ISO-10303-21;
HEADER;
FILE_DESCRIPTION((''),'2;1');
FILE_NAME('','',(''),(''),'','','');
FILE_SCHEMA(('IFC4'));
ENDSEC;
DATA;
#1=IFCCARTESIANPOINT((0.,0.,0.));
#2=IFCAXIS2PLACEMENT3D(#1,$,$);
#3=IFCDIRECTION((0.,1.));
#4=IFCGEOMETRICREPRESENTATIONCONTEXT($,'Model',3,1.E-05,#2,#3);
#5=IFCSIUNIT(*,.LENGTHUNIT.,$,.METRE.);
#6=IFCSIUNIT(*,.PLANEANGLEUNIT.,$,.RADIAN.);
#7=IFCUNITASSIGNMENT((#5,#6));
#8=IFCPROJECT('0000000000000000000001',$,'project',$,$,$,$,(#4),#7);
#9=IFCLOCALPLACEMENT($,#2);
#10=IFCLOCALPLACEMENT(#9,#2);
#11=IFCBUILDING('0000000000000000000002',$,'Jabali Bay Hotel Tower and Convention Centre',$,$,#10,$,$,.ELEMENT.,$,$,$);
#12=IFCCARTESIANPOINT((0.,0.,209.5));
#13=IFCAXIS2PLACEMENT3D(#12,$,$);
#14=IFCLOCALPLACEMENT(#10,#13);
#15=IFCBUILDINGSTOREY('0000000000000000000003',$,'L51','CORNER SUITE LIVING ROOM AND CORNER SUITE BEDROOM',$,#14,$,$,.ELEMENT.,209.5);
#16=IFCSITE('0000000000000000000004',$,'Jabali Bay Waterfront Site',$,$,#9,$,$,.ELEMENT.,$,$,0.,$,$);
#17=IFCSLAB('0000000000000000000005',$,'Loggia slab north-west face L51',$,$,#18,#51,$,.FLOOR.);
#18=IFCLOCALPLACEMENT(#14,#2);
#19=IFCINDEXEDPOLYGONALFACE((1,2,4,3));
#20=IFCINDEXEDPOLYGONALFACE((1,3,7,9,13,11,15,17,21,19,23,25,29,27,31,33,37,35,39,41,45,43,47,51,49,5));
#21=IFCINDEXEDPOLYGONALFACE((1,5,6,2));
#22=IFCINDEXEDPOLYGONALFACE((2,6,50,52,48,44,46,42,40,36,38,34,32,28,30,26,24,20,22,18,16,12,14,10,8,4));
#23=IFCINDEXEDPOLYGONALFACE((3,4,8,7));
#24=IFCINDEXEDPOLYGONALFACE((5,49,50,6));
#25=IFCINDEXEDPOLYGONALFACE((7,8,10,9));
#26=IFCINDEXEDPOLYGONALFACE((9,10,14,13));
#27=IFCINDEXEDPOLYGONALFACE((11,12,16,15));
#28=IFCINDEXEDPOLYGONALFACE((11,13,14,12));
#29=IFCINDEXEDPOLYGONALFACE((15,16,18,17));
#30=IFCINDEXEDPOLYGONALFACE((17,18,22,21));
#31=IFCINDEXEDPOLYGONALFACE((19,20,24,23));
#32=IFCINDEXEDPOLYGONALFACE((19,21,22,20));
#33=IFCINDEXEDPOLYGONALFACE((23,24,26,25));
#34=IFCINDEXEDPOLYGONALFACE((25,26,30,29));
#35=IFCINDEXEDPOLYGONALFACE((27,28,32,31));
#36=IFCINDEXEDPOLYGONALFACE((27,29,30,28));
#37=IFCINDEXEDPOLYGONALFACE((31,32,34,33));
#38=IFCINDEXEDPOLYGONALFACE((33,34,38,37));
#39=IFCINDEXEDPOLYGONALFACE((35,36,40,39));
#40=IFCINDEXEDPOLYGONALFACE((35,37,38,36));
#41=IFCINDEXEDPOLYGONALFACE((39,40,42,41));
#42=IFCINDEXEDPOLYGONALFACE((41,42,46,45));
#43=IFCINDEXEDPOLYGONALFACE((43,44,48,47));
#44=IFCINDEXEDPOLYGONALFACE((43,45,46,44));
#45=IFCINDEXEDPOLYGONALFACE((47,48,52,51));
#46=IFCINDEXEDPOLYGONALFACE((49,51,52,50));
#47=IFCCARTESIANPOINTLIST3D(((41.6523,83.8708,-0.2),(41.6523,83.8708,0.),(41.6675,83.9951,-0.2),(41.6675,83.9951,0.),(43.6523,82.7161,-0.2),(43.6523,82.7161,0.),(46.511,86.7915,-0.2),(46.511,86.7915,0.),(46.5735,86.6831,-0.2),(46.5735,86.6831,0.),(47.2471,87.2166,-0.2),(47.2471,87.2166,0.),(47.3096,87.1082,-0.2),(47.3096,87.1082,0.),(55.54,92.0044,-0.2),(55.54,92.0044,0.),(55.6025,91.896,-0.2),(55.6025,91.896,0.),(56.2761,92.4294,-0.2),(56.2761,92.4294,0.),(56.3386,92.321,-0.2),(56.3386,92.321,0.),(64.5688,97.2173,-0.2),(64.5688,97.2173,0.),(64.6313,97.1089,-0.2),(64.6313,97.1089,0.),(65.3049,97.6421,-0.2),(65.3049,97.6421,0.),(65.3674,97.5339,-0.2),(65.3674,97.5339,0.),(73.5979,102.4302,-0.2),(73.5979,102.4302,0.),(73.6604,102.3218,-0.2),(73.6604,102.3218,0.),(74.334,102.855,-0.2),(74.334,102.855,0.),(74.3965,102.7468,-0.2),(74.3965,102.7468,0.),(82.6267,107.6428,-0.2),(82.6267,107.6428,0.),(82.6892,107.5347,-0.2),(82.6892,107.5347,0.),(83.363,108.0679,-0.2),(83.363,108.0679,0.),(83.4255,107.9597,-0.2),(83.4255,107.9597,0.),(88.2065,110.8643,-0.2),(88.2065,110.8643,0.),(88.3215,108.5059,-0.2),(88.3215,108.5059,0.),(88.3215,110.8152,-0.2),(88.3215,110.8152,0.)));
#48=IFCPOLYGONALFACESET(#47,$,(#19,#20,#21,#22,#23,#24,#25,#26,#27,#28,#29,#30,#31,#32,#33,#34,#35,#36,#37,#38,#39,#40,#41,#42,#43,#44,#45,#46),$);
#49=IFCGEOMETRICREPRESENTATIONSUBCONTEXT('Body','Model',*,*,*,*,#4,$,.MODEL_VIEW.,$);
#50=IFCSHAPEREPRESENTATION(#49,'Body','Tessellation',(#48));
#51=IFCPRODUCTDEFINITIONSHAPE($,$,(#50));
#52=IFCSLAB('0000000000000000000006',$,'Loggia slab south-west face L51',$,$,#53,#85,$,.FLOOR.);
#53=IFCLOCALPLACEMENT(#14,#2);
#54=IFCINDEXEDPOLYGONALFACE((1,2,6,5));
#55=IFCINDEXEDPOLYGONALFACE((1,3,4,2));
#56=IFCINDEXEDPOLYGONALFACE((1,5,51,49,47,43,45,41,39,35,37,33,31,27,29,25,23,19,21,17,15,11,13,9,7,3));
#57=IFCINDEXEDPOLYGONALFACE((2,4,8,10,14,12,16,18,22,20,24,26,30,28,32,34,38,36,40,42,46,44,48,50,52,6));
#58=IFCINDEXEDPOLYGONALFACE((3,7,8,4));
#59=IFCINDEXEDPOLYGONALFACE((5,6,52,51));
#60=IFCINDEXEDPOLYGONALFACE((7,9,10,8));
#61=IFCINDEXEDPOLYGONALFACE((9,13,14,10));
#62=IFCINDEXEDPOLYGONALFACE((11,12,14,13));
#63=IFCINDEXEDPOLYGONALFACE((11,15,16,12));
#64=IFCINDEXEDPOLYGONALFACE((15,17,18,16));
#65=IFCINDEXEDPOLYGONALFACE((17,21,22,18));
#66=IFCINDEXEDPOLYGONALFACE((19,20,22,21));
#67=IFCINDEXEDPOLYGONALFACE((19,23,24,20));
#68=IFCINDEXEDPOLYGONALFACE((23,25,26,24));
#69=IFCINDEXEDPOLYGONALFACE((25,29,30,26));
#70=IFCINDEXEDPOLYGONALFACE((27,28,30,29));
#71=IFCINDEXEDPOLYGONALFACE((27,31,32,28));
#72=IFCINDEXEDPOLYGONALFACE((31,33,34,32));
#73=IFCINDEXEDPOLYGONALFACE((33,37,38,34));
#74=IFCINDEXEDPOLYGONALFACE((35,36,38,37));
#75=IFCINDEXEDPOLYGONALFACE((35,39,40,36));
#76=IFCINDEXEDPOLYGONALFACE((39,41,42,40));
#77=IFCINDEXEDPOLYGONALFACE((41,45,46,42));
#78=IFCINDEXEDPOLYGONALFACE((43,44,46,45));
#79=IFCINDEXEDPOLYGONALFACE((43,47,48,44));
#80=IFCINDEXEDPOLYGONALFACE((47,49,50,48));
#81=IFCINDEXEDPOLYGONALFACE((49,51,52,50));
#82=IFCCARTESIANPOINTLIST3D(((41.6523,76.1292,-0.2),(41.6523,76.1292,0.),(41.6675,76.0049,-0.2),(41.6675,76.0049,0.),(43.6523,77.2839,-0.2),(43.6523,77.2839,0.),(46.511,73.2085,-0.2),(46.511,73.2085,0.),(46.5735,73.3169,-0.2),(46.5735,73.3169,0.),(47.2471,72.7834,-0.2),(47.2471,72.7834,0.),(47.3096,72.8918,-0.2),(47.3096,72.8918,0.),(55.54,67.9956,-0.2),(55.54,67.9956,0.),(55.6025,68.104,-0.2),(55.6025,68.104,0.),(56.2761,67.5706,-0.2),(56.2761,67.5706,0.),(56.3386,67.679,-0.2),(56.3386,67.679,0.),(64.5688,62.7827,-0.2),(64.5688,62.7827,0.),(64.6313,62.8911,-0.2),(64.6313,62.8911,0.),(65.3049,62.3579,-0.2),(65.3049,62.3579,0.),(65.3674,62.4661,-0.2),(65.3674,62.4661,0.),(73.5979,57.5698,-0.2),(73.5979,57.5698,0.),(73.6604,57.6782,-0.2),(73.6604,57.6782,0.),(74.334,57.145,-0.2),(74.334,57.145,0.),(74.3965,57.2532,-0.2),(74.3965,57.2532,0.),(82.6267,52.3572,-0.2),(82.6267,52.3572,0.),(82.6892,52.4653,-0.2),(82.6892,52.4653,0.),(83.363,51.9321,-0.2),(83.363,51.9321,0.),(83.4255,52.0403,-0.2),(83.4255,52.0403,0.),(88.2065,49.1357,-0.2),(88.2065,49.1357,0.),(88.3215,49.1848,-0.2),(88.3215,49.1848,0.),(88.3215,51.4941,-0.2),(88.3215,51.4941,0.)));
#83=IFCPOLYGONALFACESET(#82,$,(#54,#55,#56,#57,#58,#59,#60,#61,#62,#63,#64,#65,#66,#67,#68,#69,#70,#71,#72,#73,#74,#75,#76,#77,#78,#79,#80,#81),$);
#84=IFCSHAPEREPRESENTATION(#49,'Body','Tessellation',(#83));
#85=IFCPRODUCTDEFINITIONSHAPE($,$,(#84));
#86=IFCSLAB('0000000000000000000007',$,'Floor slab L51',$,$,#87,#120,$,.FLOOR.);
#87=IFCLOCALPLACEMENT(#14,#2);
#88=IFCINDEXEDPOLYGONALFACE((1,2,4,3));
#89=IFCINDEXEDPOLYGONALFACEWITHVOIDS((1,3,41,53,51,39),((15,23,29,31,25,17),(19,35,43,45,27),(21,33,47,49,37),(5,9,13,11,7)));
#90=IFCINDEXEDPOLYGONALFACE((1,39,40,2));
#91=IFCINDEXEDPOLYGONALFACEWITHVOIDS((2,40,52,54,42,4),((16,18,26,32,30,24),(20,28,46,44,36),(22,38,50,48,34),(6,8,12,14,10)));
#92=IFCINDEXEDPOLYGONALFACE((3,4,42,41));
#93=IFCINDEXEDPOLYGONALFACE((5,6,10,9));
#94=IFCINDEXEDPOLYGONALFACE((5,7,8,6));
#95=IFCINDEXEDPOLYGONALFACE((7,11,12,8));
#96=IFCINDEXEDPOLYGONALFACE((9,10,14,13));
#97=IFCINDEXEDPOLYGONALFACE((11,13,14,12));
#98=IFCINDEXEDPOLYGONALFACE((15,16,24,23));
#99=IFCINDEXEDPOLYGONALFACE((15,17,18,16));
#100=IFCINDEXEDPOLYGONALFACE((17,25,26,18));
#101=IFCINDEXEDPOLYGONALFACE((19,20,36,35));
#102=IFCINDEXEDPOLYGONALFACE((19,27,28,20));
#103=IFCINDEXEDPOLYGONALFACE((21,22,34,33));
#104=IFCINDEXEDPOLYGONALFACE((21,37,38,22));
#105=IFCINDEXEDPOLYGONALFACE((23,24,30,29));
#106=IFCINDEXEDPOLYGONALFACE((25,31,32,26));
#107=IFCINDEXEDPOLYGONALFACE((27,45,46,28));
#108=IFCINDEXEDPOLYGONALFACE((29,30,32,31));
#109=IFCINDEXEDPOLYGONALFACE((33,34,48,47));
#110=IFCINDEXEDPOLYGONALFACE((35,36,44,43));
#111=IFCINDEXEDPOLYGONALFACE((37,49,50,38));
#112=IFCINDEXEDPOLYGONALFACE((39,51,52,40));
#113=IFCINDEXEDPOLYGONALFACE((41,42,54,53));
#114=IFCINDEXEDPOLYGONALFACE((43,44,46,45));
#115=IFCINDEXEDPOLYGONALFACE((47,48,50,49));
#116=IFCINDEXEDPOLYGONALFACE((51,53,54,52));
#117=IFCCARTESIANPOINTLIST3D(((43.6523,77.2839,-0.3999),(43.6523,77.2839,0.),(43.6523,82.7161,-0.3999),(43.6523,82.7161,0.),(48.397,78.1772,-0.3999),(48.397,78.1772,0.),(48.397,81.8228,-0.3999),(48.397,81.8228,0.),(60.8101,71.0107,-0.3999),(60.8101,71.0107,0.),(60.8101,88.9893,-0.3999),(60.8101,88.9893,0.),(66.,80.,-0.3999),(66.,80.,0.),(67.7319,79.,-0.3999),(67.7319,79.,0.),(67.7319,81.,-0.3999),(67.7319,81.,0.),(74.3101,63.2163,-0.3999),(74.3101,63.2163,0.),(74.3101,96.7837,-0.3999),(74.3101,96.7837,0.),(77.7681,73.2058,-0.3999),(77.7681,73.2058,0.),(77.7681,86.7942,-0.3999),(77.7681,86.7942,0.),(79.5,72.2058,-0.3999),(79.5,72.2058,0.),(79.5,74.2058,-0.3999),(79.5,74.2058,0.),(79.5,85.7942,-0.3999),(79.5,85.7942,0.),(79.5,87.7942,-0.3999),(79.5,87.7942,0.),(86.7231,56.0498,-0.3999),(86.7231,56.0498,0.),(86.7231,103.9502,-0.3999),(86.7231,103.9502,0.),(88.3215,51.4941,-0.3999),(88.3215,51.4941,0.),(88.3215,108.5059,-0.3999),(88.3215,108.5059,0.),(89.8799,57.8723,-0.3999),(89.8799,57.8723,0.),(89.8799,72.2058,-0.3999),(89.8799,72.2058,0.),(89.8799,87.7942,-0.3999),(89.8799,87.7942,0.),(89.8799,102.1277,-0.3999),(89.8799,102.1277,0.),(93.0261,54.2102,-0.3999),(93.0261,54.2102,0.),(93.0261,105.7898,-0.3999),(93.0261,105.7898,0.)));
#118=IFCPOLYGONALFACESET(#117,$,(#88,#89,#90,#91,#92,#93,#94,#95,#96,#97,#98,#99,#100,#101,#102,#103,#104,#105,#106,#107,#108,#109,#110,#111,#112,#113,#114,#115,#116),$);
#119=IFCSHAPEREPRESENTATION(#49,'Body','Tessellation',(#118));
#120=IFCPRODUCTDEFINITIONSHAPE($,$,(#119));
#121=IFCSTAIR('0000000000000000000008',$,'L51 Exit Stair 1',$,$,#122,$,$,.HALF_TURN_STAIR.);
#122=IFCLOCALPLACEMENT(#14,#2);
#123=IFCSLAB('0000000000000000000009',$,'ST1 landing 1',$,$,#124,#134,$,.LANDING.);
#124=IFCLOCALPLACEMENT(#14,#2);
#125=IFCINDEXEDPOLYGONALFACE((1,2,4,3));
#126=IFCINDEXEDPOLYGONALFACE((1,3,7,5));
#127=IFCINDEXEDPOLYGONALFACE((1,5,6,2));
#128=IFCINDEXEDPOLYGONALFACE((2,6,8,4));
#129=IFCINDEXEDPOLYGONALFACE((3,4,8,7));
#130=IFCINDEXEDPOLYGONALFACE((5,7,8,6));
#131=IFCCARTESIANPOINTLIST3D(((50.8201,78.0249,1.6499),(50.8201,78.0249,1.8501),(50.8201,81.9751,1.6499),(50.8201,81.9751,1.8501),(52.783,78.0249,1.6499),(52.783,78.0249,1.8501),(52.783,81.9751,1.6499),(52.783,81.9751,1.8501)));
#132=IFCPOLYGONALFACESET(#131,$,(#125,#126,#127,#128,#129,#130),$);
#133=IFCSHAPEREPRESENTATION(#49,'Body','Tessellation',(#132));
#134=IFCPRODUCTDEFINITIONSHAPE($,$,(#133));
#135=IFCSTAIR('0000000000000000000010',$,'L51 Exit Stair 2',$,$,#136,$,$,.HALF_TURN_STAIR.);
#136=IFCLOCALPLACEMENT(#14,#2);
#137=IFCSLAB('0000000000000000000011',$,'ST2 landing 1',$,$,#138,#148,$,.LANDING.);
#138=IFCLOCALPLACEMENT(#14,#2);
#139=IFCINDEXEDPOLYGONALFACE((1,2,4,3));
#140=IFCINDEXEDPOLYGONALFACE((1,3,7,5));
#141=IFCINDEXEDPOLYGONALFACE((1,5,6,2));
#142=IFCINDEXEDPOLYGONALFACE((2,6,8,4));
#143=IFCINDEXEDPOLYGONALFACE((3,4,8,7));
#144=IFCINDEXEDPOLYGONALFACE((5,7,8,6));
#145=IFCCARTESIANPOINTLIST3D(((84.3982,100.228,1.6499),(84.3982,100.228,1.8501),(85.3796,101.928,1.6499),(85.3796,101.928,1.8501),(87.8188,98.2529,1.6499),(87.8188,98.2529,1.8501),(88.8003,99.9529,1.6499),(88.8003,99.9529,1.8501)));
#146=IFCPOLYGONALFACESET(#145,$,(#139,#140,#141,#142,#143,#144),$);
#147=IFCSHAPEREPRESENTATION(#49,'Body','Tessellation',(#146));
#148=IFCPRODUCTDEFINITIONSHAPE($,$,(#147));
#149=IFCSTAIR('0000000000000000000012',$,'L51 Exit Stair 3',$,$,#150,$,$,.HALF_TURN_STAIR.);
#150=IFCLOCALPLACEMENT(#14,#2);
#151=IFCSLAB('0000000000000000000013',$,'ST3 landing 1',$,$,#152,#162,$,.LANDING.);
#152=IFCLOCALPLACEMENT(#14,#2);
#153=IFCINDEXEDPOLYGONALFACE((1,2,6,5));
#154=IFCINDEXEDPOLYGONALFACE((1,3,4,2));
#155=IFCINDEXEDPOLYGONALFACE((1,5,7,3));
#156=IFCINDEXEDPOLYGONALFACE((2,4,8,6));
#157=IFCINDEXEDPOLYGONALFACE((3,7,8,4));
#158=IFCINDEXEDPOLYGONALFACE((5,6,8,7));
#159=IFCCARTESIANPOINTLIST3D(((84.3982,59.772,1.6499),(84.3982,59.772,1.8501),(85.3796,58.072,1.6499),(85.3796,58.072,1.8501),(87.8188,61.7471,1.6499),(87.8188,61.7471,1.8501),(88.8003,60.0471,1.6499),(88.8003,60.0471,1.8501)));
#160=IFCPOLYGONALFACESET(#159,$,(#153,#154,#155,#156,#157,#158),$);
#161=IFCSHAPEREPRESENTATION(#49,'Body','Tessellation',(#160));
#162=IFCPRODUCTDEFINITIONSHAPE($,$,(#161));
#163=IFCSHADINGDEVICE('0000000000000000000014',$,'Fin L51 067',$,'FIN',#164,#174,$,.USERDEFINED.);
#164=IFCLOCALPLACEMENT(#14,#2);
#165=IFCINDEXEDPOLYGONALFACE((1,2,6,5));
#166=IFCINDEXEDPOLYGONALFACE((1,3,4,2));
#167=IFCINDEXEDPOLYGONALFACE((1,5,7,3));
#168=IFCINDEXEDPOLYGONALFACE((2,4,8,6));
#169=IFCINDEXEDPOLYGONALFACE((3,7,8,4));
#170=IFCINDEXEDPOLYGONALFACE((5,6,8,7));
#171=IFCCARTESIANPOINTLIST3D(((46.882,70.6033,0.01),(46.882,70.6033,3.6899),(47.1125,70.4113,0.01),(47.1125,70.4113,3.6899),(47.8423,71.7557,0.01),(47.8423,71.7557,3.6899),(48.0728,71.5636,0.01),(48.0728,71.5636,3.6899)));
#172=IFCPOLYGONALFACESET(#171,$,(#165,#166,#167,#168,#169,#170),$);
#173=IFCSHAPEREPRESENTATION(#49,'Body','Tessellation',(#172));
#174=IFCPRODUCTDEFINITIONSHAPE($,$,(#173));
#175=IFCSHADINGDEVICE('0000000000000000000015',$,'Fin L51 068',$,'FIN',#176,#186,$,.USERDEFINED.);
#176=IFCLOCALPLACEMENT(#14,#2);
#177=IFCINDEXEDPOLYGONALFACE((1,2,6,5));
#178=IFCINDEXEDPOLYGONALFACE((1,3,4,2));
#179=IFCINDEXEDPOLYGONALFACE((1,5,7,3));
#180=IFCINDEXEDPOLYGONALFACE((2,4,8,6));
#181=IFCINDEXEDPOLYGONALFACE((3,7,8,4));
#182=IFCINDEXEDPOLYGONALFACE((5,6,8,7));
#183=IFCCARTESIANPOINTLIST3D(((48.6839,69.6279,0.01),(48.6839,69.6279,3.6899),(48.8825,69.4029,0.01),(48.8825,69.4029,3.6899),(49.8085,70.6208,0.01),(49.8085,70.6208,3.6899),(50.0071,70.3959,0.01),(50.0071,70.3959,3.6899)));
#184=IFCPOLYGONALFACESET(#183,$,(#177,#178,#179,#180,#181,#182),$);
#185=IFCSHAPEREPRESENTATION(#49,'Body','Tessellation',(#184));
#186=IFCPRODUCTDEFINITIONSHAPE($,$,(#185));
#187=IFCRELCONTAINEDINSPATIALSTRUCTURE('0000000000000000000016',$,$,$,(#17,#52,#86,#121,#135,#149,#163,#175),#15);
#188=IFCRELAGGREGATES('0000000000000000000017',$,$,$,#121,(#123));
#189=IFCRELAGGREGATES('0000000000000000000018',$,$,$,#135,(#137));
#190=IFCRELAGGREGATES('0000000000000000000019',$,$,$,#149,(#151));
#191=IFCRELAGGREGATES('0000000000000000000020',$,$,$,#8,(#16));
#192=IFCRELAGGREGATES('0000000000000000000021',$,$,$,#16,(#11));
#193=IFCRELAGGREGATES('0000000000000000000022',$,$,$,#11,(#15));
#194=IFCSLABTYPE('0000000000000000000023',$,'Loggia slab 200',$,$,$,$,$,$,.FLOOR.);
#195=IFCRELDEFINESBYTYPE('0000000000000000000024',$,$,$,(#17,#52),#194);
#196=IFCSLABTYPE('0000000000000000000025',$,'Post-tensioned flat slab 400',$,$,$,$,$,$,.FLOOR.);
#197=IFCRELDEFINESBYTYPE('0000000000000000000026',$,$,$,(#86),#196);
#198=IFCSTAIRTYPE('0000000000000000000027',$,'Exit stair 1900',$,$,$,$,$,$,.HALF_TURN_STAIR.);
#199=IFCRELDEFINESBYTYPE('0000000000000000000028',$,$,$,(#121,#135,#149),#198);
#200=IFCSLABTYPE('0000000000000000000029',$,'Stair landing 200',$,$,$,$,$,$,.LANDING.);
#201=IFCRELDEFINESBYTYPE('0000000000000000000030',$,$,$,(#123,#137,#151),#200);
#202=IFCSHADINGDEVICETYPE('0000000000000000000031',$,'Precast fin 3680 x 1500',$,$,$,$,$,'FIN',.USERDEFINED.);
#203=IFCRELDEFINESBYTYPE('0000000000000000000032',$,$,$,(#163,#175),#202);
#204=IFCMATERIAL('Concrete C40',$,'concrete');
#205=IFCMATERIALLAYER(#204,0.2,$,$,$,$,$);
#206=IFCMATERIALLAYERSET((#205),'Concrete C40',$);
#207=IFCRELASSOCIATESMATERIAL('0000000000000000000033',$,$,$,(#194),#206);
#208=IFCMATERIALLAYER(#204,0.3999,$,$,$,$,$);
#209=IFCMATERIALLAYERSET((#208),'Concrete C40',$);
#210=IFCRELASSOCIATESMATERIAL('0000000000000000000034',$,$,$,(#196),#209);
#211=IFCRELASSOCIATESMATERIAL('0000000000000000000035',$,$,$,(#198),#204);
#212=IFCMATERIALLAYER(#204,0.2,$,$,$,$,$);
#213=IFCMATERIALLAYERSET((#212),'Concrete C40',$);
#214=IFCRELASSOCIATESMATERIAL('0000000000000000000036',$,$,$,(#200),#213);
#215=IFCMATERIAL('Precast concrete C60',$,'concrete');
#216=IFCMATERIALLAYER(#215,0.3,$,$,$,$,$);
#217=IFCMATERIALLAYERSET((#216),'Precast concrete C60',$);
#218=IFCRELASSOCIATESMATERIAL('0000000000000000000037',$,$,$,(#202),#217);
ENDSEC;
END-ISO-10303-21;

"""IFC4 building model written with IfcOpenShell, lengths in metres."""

from ifc_helpers import new_model, si_unit, direction, frame, frame_2d, origin, place, context, subcontext, project, spatial, polyline, rectangle, outline, extrude, material, layer, layer_set, type_object, element, aggregate, save


model = new_model("IFC4")

# Units and contexts
model_context = context("Model", 3, precision=1e-05, world=origin(), true_north=direction((0.0, 1.0)))
body_context = subcontext(model_context, "Body", "Model", "MODEL_VIEW")
ifc_project = project(units=[si_unit("LENGTHUNIT", "METRE"), si_unit("PLANEANGLEUNIT", "RADIAN")], contexts=[model_context])

# Site, building, storey
site_placement = place(None, origin())
site = spatial("IfcSite", under=ifc_project, at=site_placement, Name="Jabali Bay Waterfront Site", CompositionType="ELEMENT", RefElevation=0.0)
building_placement = place(site_placement, origin())
building = spatial("IfcBuilding", under=site, at=building_placement, Name="Jabali Bay Hotel Tower and Convention Centre", CompositionType="ELEMENT")
storey_placement = place(building_placement, frame((0.0, 0.0, 209.5)))
storey = spatial("IfcBuildingStorey", under=building, at=storey_placement, Name="L51", Description="CORNER SUITE LIVING ROOM AND CORNER SUITE BEDROOM", CompositionType="ELEMENT", Elevation=209.5)

# Slabs
ifc_material_1 = material(Name="Concrete C40", Category="concrete")
ifc_layer_1 = layer(ifc_material_1, 0.2)
ifc_layer_set_1 = layer_set([ifc_layer_1], Name="Concrete C40")
slab_type_1 = type_object("IfcSlabType", Name="Loggia slab 200", PredefinedType="FLOOR", material=ifc_layer_set_1)
slab_1_placement = place(storey_placement, frame((0.0, 0.0, -0.2)))
element("IfcSlab", 1, at=slab_1_placement, inside=storey, type_object=slab_type_1, Name="Loggia slab north-west face L51", PredefinedType="FLOOR", context=body_context, shape_type="SweptSolid", body=[
    extrude(outline(polyline([(43.6523, 82.7161), (41.6523, 83.8708), (41.6675, 83.9951), (46.511, 86.7915), (46.5735, 86.6831), (47.3096, 87.1082), (47.2471, 87.2166), (55.54, 92.0044), (55.6025, 91.896), (56.3386, 92.321), (56.2761, 92.4294), (64.5688, 97.2173), (64.6313, 97.1089), (65.3674, 97.5339), (65.3049, 97.6421), (73.5979, 102.4302), (73.6604, 102.3218), (74.3965, 102.7468), (74.334, 102.855), (82.6267, 107.6428), (82.6892, 107.5347), (83.4255, 107.9597), (83.363, 108.0679), (88.2065, 110.8643), (88.3215, 110.8152), (88.3215, 108.5059), (43.6523, 82.7161)])), origin(), (0.0, 0.0, 1.0), 0.2),
])
slab_2_placement = place(storey_placement, frame((0.0, 0.0, -0.2)))
element("IfcSlab", 2, at=slab_2_placement, inside=storey, type_object=slab_type_1, Name="Loggia slab south-west face L51", PredefinedType="FLOOR", context=body_context, shape_type="SweptSolid", body=[
    extrude(outline(polyline([(88.3215, 51.4941), (88.3215, 49.1848), (88.2065, 49.1357), (83.363, 51.9321), (83.4255, 52.0403), (82.6892, 52.4653), (82.6267, 52.3572), (74.334, 57.145), (74.3965, 57.2532), (73.6604, 57.6782), (73.5979, 57.5698), (65.3049, 62.3579), (65.3674, 62.4661), (64.6313, 62.8911), (64.5688, 62.7827), (56.2761, 67.5706), (56.3386, 67.679), (55.6025, 68.104), (55.54, 67.9956), (47.2471, 72.7834), (47.3096, 72.8918), (46.5735, 73.3169), (46.511, 73.2085), (41.6675, 76.0049), (41.6523, 76.1292), (43.6523, 77.2839), (88.3215, 51.4941)])), origin(), (0.0, 0.0, 1.0), 0.2),
])
ifc_layer_2 = layer(ifc_material_1, 0.3999)
ifc_layer_set_2 = layer_set([ifc_layer_2], Name="Concrete C40")
slab_type_2 = type_object("IfcSlabType", Name="Post-tensioned flat slab 400", PredefinedType="FLOOR", material=ifc_layer_set_2)
slab_3_placement = place(storey_placement, frame((0.0, 0.0, -0.3999)))
element("IfcSlab", 3, at=slab_3_placement, inside=storey, type_object=slab_type_2, Name="Floor slab L51", PredefinedType="FLOOR", context=body_context, shape_type="SweptSolid", body=[
    extrude(outline(polyline([(88.3215, 108.5059), (93.0261, 105.7898), (93.0261, 54.2102), (88.3215, 51.4941), (43.6523, 77.2839), (43.6523, 82.7161), (88.3215, 108.5059)]), holes=[polyline([(67.7319, 79.0), (77.7681, 73.2058), (79.5, 74.2058), (79.5, 85.7942), (77.7681, 86.7942), (67.7319, 81.0), (67.7319, 79.0)]), polyline([(48.397, 78.1772), (60.8101, 71.0107), (66.0, 80.0), (60.8101, 88.9893), (48.397, 81.8228), (48.397, 78.1772)]), polyline([(89.8799, 102.1277), (86.7231, 103.9502), (74.3101, 96.7837), (79.5, 87.7942), (89.8799, 87.7942), (89.8799, 102.1277)]), polyline([(74.3101, 63.2163), (86.7231, 56.0498), (89.8799, 57.8723), (89.8799, 72.2058), (79.5, 72.2058), (74.3101, 63.2163)])]), origin(), (0.0, 0.0, 1.0), 0.3999),
])

# Stairs, slabs
stair_type = type_object("IfcStairType", Name="Exit stair 1900", PredefinedType="HALF_TURN_STAIR", material=ifc_material_1)
stair_1_placement = place(storey_placement, origin())
stair_1 = element("IfcStair", 4, at=stair_1_placement, inside=storey, type_object=stair_type, Name="L51 Exit Stair 1", PredefinedType="HALF_TURN_STAIR")
ifc_layer_3 = layer(ifc_material_1, 0.2)
ifc_layer_set_3 = layer_set([ifc_layer_3], Name="Concrete C40")
slab_type_3 = type_object("IfcSlabType", Name="Stair landing 200", PredefinedType="LANDING", material=ifc_layer_set_3)
slab_4_placement = place(storey_placement, frame((0.0, 0.0, 1.6499)))
slab_4 = element("IfcSlab", 5, at=slab_4_placement, type_object=slab_type_3, Name="ST1 landing 1", PredefinedType="LANDING", context=body_context, shape_type="SweptSolid", body=[
    extrude(outline(polyline([(52.783, 81.9751), (50.8201, 81.9751), (50.8201, 78.0249), (52.783, 78.0249), (52.783, 81.9751)])), origin(), (0.0, 0.0, 1.0), 0.2002),
])
aggregate(stair_1, [slab_4])
stair_2_placement = place(storey_placement, origin())
stair_2 = element("IfcStair", 6, at=stair_2_placement, inside=storey, type_object=stair_type, Name="L51 Exit Stair 2", PredefinedType="HALF_TURN_STAIR")
slab_5_placement = place(storey_placement, frame((0.0, 0.0, 1.6499)))
slab_5 = element("IfcSlab", 7, at=slab_5_placement, type_object=slab_type_3, Name="ST2 landing 1", PredefinedType="LANDING", context=body_context, shape_type="SweptSolid", body=[
    extrude(outline(polyline([(87.8188, 98.2529), (88.8003, 99.9529), (85.3796, 101.928), (84.3982, 100.228), (87.8188, 98.2529)])), origin(), (0.0, 0.0, 1.0), 0.2002),
])
aggregate(stair_2, [slab_5])
stair_3_placement = place(storey_placement, origin())
stair_3 = element("IfcStair", 8, at=stair_3_placement, inside=storey, type_object=stair_type, Name="L51 Exit Stair 3", PredefinedType="HALF_TURN_STAIR")
slab_6_placement = place(storey_placement, frame((0.0, 0.0, 1.6499)))
slab_6 = element("IfcSlab", 9, at=slab_6_placement, type_object=slab_type_3, Name="ST3 landing 1", PredefinedType="LANDING", context=body_context, shape_type="SweptSolid", body=[
    extrude(outline(polyline([(84.3982, 59.772), (85.3796, 58.072), (88.8003, 60.0471), (87.8188, 61.7471), (84.3982, 59.772)])), origin(), (0.0, 0.0, 1.0), 0.2002),
])
aggregate(stair_3, [slab_6])

# Shading devices
ifc_material_2 = material(Name="Precast concrete C60", Category="concrete")
ifc_layer_4 = layer(ifc_material_2, 0.3)
ifc_layer_set_4 = layer_set([ifc_layer_4], Name="Precast concrete C60")
shading_device_type = type_object("IfcShadingDeviceType", Name="Precast fin 3680 x 1500", ElementType="FIN", PredefinedType="USERDEFINED", material=ifc_layer_set_4)
shading_device_1_placement = place(storey_placement, frame((47.9575, 71.6597, 0.01), z_axis=(0.0, 0.0, 1.0), x_axis=(-0.640152, -0.768248, 0.0)))
element("IfcShadingDevice", 10, at=shading_device_1_placement, inside=storey, type_object=shading_device_type, Name="Fin L51 067", ObjectType="FIN", PredefinedType="USERDEFINED", context=body_context, shape_type="SweptSolid", body=[
    extrude(rectangle(XDim=1.5, YDim=0.3, at=frame_2d((0.75, 0.0))), origin(), (0.0, 0.0, 1.0), 3.6799),
])
shading_device_2_placement = place(storey_placement, frame((49.9077, 70.5083, 0.01), z_axis=(0.0, 0.0, 1.0), x_axis=(-0.749605, -0.661885, 0.0)))
element("IfcShadingDevice", 11, at=shading_device_2_placement, inside=storey, type_object=shading_device_type, Name="Fin L51 068", ObjectType="FIN", PredefinedType="USERDEFINED", context=body_context, shape_type="SweptSolid", body=[
    extrude(rectangle(XDim=1.5002, YDim=0.3, at=frame_2d((0.75, 0.0))), origin(), (0.0, 0.0, 1.0), 3.6799),
])

save(model, "model.ifc")
